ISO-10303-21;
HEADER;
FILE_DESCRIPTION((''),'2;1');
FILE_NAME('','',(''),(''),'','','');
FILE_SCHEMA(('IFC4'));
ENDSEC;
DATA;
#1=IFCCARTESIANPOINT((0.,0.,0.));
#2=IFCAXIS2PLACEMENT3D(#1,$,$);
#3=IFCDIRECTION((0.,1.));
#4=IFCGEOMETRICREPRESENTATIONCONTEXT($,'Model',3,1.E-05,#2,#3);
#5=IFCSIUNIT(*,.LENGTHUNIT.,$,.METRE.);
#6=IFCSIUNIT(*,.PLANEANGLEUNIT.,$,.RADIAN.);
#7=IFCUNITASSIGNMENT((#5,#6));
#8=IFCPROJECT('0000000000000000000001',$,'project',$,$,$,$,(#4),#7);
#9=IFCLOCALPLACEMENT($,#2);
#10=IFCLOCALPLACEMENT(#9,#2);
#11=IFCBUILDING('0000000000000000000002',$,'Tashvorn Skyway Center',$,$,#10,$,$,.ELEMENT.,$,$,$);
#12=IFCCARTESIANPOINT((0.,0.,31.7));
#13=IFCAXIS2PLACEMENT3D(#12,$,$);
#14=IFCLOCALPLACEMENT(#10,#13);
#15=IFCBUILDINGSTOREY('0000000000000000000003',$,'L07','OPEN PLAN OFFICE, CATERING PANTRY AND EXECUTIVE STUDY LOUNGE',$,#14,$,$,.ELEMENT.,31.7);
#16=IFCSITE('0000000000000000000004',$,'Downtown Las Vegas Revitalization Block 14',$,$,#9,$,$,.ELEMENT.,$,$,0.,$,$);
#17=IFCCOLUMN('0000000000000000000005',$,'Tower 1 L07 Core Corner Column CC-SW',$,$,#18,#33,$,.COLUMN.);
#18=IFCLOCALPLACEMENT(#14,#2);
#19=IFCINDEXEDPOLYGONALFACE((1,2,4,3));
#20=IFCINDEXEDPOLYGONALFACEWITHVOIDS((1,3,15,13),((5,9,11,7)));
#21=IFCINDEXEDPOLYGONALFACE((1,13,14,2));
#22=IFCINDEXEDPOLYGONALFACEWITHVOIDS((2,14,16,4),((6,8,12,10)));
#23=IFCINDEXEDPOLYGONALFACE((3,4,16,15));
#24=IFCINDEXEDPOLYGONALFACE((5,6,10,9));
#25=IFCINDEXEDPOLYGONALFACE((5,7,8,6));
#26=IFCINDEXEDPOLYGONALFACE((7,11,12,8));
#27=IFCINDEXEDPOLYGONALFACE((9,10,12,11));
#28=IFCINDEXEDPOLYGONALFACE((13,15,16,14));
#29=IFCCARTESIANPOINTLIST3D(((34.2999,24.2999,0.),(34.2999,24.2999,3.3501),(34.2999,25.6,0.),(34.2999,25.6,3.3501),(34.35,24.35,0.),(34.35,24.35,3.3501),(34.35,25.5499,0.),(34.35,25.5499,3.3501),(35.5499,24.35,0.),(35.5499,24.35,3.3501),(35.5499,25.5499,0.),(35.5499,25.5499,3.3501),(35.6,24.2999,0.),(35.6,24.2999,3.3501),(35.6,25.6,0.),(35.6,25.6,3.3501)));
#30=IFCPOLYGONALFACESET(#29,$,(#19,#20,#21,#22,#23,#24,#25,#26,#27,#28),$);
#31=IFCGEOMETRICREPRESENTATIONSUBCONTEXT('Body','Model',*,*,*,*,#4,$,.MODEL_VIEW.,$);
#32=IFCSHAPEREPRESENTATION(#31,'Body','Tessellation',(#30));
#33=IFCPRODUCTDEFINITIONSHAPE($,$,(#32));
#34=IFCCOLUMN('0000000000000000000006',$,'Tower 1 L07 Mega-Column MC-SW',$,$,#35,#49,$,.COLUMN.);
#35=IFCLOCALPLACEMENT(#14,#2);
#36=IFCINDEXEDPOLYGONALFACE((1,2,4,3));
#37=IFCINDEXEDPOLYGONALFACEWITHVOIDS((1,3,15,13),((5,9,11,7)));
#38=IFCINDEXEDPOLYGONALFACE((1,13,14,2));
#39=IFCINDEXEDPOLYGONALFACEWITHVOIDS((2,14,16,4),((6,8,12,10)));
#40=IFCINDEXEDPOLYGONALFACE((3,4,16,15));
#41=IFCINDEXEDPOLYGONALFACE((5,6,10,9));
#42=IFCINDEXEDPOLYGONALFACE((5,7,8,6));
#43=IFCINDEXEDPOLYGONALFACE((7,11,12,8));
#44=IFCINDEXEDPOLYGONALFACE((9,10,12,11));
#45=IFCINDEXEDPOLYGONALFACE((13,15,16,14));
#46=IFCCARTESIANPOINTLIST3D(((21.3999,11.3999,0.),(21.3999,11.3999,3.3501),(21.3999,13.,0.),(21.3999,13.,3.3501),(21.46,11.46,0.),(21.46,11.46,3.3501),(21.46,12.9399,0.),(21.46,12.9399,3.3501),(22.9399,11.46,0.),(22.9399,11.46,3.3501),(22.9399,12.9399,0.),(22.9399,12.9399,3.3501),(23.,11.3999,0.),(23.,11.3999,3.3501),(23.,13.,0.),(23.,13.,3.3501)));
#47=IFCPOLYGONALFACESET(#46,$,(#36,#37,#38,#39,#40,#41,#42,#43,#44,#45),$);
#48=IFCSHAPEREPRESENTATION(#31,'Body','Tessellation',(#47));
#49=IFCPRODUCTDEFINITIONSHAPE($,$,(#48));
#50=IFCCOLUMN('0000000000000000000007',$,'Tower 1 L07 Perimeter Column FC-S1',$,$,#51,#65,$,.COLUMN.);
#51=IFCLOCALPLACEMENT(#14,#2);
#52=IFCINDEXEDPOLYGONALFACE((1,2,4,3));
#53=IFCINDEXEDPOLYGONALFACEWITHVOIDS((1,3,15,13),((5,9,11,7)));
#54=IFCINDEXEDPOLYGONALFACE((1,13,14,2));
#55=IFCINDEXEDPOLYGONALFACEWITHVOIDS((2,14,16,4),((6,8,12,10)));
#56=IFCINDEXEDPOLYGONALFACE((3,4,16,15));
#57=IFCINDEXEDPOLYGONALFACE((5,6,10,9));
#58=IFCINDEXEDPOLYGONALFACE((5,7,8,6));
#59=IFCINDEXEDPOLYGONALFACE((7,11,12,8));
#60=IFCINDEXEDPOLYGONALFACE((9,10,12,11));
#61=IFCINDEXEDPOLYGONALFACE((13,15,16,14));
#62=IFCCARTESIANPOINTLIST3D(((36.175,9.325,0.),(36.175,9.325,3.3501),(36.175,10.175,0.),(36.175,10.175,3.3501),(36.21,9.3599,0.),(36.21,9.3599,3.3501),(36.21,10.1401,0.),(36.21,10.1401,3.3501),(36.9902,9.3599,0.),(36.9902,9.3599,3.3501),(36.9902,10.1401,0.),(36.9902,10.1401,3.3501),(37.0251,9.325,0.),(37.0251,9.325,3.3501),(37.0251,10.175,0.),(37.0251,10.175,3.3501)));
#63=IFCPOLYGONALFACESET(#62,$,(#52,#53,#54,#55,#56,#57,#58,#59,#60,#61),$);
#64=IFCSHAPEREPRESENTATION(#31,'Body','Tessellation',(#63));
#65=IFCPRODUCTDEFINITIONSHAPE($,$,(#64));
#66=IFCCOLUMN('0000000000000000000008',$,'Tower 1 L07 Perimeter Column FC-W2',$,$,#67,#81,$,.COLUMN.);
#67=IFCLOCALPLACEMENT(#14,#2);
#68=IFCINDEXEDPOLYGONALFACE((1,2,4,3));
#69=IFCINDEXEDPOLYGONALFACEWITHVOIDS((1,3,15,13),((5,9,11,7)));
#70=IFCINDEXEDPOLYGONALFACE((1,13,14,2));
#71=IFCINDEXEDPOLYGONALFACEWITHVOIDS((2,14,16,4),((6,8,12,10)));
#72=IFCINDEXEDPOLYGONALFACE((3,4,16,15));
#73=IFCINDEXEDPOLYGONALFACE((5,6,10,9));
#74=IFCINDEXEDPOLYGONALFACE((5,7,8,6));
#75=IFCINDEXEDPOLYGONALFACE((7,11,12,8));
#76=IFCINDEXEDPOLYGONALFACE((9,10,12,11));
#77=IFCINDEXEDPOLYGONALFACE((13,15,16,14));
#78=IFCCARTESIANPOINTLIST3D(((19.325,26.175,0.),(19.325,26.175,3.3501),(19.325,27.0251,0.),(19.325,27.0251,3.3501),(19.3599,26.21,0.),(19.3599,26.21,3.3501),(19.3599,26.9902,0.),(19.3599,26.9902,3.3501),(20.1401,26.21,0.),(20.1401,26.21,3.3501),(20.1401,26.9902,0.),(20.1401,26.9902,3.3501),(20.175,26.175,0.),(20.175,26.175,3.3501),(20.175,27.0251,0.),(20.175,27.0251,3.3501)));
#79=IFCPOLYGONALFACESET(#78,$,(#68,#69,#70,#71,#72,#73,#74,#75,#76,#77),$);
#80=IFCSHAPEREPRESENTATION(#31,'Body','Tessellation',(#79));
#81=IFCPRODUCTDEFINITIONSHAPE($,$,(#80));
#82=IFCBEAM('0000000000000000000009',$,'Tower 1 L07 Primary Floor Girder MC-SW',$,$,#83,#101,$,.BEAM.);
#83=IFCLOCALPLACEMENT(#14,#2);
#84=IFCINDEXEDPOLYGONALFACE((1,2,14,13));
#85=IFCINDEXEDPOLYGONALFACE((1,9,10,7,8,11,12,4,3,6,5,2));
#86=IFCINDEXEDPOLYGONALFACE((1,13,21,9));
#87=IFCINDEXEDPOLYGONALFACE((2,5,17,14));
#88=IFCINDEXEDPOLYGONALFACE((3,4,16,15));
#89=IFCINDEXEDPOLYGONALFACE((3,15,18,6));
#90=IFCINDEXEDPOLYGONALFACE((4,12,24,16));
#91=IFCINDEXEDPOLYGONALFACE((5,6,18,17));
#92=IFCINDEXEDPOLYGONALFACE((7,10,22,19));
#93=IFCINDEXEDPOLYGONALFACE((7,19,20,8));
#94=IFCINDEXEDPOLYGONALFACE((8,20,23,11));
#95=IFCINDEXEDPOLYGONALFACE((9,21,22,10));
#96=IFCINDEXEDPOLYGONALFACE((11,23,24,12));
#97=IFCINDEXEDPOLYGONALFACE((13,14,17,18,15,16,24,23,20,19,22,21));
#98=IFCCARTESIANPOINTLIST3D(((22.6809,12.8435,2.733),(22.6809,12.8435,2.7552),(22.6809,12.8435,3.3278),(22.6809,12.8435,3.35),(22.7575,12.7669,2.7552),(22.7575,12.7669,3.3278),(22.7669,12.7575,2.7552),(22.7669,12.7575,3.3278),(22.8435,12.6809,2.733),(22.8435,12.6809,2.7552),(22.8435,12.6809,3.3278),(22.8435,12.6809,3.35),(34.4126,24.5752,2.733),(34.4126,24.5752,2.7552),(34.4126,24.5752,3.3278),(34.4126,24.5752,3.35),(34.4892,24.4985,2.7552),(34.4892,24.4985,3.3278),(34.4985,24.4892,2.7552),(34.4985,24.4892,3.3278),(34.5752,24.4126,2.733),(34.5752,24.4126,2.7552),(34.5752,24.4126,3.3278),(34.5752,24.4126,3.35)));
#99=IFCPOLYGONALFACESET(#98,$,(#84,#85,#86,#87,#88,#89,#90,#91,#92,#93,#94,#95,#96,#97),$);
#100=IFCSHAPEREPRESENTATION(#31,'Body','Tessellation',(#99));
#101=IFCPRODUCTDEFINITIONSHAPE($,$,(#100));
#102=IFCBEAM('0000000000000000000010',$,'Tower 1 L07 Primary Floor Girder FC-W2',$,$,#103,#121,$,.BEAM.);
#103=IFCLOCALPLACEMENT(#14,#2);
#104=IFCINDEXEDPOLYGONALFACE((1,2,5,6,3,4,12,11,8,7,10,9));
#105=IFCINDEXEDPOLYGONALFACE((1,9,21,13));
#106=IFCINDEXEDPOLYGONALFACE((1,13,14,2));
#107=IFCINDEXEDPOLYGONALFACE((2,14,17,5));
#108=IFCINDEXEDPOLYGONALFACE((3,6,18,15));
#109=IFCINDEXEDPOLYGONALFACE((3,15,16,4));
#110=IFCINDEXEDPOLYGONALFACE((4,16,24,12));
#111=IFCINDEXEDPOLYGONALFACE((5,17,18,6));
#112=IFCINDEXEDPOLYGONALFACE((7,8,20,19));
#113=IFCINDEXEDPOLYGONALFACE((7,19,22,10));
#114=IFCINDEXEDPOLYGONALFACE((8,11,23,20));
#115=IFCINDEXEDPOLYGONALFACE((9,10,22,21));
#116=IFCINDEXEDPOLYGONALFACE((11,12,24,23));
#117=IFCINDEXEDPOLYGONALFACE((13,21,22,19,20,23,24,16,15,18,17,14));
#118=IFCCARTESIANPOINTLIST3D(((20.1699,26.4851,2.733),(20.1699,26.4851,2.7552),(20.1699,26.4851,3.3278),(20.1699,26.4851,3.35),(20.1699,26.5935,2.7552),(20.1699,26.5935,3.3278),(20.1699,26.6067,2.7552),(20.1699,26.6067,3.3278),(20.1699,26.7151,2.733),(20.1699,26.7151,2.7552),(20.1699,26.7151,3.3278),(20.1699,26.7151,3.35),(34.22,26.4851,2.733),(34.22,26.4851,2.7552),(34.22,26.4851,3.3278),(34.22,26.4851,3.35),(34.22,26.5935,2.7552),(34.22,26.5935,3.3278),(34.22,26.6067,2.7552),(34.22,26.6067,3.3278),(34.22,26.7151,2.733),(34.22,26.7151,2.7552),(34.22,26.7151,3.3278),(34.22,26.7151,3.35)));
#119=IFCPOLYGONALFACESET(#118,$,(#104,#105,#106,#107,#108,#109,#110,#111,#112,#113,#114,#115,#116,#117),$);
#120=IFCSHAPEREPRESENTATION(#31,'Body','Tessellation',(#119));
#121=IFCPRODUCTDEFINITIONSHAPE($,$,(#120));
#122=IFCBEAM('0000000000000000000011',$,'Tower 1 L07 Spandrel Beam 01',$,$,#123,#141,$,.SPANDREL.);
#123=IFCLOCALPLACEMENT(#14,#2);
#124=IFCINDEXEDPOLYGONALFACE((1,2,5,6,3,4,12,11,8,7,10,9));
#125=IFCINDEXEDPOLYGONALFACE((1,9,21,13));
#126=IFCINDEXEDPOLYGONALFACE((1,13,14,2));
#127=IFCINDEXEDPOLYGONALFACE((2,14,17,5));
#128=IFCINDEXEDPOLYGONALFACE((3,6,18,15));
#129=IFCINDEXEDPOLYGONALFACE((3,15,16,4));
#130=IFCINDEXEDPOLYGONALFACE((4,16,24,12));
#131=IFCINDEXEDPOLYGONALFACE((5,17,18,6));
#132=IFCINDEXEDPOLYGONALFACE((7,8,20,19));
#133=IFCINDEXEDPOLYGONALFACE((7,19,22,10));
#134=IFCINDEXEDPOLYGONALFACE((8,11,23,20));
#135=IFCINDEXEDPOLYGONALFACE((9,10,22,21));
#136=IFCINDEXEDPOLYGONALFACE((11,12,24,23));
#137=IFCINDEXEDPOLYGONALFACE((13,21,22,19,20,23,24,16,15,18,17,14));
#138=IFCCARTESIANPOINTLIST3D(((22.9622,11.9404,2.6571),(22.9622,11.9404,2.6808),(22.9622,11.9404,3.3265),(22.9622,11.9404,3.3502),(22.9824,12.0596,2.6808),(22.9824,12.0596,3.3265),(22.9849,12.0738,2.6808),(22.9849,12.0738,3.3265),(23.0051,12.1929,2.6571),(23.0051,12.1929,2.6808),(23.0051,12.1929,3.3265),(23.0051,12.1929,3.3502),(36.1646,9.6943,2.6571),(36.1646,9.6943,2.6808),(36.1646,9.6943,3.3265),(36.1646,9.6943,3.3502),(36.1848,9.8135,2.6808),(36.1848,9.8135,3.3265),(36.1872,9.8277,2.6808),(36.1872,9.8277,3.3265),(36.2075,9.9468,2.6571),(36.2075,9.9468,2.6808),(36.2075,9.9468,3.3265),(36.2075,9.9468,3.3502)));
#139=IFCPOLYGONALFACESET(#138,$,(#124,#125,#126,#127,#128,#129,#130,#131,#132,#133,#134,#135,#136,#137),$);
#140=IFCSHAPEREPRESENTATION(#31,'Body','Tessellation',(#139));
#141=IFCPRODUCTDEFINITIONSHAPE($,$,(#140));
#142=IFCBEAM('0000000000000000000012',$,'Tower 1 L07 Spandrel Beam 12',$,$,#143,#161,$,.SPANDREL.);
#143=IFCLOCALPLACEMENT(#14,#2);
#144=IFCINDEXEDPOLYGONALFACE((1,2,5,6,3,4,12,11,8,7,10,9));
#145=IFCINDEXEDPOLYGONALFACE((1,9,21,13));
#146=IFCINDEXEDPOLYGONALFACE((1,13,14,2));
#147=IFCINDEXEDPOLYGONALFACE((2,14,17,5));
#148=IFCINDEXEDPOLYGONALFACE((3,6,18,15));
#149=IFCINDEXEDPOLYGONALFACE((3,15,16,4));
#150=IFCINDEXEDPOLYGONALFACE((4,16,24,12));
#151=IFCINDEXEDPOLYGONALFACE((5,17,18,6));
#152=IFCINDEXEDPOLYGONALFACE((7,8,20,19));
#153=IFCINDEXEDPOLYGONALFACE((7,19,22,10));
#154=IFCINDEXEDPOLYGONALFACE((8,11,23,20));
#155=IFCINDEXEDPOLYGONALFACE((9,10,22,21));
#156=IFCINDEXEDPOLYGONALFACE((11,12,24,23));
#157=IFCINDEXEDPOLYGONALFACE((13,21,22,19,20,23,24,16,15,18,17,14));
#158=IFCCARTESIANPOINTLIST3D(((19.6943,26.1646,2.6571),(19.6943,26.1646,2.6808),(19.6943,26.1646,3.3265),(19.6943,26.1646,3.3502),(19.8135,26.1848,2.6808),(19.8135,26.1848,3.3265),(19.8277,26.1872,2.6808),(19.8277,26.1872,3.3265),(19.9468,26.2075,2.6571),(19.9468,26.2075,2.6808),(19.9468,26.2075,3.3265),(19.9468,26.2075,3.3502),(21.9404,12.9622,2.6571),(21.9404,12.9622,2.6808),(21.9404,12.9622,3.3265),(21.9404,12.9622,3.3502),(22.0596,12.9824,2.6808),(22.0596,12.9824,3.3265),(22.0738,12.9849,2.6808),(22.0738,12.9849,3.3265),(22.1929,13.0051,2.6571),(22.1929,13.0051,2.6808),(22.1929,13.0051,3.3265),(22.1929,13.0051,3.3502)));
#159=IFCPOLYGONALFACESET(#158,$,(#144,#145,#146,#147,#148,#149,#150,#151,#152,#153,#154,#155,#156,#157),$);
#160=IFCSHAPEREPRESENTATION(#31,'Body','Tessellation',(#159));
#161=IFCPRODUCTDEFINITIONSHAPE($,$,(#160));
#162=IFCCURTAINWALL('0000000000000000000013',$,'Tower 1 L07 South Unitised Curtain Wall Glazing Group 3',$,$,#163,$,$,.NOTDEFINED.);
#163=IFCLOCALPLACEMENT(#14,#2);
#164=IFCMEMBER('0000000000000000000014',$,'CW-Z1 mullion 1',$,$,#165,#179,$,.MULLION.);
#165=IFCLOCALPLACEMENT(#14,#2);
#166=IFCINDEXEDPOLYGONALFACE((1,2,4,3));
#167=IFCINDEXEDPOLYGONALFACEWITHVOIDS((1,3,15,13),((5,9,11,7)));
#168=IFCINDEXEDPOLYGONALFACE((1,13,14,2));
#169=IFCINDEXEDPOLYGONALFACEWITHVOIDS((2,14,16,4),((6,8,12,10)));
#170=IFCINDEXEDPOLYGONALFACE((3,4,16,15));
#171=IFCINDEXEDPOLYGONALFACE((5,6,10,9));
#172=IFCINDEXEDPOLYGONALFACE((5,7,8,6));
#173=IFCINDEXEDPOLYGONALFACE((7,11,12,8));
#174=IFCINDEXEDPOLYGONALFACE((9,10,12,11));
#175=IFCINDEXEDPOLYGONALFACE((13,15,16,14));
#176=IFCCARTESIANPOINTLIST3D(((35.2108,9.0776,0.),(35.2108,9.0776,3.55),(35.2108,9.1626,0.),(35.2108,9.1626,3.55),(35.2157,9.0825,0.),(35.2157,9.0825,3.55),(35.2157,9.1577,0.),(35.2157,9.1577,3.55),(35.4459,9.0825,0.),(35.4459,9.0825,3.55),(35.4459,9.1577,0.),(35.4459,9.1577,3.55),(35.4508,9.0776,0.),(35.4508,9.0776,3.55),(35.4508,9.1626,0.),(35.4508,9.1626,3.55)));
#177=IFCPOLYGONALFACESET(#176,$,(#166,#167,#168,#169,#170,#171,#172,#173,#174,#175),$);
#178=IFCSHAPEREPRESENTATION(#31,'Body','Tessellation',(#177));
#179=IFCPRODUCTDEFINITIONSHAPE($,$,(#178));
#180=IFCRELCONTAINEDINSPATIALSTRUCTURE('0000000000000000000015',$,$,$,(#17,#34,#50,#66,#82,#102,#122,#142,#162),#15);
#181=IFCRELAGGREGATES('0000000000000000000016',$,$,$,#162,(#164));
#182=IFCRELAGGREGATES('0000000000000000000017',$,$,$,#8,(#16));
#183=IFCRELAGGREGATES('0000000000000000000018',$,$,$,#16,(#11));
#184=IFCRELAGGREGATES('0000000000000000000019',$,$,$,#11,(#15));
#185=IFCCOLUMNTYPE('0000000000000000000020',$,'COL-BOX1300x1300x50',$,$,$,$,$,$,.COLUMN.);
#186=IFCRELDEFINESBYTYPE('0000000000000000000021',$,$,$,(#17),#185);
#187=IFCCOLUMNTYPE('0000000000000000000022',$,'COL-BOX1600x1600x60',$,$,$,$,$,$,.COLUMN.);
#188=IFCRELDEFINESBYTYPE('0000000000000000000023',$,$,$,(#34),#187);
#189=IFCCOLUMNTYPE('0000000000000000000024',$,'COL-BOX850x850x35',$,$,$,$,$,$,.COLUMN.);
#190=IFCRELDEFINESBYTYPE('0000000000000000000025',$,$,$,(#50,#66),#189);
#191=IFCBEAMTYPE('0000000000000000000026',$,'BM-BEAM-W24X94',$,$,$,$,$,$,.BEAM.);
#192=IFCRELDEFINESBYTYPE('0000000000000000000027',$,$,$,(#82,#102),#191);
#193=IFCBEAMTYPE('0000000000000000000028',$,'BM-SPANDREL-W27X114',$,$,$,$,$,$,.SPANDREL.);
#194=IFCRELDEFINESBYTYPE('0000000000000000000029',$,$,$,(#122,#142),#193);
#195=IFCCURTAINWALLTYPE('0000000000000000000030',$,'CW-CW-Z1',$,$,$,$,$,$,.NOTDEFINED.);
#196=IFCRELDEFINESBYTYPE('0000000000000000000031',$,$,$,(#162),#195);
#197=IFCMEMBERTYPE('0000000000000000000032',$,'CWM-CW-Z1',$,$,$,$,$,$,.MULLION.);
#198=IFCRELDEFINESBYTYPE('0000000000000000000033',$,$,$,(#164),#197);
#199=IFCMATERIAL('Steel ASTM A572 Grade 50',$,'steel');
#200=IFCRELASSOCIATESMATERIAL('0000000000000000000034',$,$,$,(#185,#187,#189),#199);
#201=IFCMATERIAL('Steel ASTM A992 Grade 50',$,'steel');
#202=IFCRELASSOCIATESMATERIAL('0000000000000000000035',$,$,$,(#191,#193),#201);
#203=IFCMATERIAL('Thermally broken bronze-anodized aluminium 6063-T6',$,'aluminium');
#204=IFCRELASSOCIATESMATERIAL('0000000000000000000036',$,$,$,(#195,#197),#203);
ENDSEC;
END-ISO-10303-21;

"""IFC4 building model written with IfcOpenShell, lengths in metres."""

from ifc_helpers import new_model, si_unit, direction, frame, origin, origin_2d, place, context, subcontext, project, spatial, hollow_rectangle, i_section, extrude, material, material_profile, profile_set, type_object, element, aggregate, save


model = new_model("IFC4")

# Units and contexts
model_context = context("Model", 3, precision=1e-05, world=origin(), true_north=direction((0.0, 1.0)))
body_context = subcontext(model_context, "Body", "Model", "MODEL_VIEW")
ifc_project = project(units=[si_unit("LENGTHUNIT", "METRE"), si_unit("PLANEANGLEUNIT", "RADIAN")], contexts=[model_context])

# Site, building, storey
site_placement = place(None, origin())
site = spatial("IfcSite", under=ifc_project, at=site_placement, Name="Downtown Las Vegas Revitalization Block 14", CompositionType="ELEMENT", RefElevation=0.0)
building_placement = place(site_placement, origin())
building = spatial("IfcBuilding", under=site, at=building_placement, Name="Tashvorn Skyway Center", CompositionType="ELEMENT")
storey_placement = place(building_placement, frame((0.0, 0.0, 31.7)))
storey = spatial("IfcBuildingStorey", under=building, at=storey_placement, Name="L07", Description="OPEN PLAN OFFICE, CATERING PANTRY AND EXECUTIVE STUDY LOUNGE", CompositionType="ELEMENT", Elevation=31.7)

# Columns
ifc_material_1 = material(Name="Steel ASTM A572 Grade 50", Category="steel")
ifc_material_profile_1 = material_profile(ifc_material_1, hollow_rectangle(XDim=1.3, YDim=1.3, WallThickness=0.05, at=origin_2d()), Name="BOX1300x1300x50")
ifc_profile_set_1 = profile_set([ifc_material_profile_1], Name="Steel ASTM A572 Grade 50")
column_type_1 = type_object("IfcColumnType", Name="COL-BOX1300x1300x50", PredefinedType="COLUMN", material=ifc_profile_set_1)
column_1_placement = place(storey_placement, frame((34.95, 24.95, 0.0), z_axis=(0.0, 0.0, 1.0), x_axis=(1.0, 0.0, 0.0)))
element("IfcColumn", 1, at=column_1_placement, inside=storey, type_object=column_type_1, Name="Tower 1 L07 Core Corner Column CC-SW", PredefinedType="COLUMN", context=body_context, shape_type="SweptSolid", body=[
    extrude(hollow_rectangle(XDim=1.3, YDim=1.3, WallThickness=0.05, at=origin_2d()), origin(), (0.0, 0.0, 1.0), 3.3501),
])
ifc_material_profile_2 = material_profile(ifc_material_1, hollow_rectangle(XDim=1.6001, YDim=1.6001, WallThickness=0.0601, at=origin_2d()), Name="BOX1600x1600x60")
ifc_profile_set_2 = profile_set([ifc_material_profile_2], Name="Steel ASTM A572 Grade 50")
column_type_2 = type_object("IfcColumnType", Name="COL-BOX1600x1600x60", PredefinedType="COLUMN", material=ifc_profile_set_2)
column_2_placement = place(storey_placement, frame((22.2, 12.2, 0.0), z_axis=(0.0, 0.0, 1.0), x_axis=(1.0, 0.0, 0.0)))
element("IfcColumn", 2, at=column_2_placement, inside=storey, type_object=column_type_2, Name="Tower 1 L07 Mega-Column MC-SW", PredefinedType="COLUMN", context=body_context, shape_type="SweptSolid", body=[
    extrude(hollow_rectangle(XDim=1.6001, YDim=1.6001, WallThickness=0.0601, at=origin_2d()), origin(), (0.0, 0.0, 1.0), 3.3501),
])
ifc_material_profile_3 = material_profile(ifc_material_1, hollow_rectangle(XDim=0.8501, YDim=0.8501, WallThickness=0.0349, at=origin_2d()), Name="BOX850x850x35")
ifc_profile_set_3 = profile_set([ifc_material_profile_3], Name="Steel ASTM A572 Grade 50")
column_type_3 = type_object("IfcColumnType", Name="COL-BOX850x850x35", PredefinedType="COLUMN", material=ifc_profile_set_3)
for number, where, z_axis, x_axis, name in (
    (3, (36.6001, 9.75, 0.0), (0.0, 0.0, 1.0), (1.0, 0.0, 0.0), "Tower 1 L07 Perimeter Column FC-S1"),
    (4, (19.75, 26.6001, 0.0), (0.0, 0.0, 1.0), (1.0, 0.0, 0.0), "Tower 1 L07 Perimeter Column FC-W2"),
):
    element("IfcColumn", number, at=place(storey_placement, frame(where, z_axis=z_axis, x_axis=x_axis)), inside=storey, type_object=column_type_3, Name=name, PredefinedType="COLUMN", context=body_context, shape_type="SweptSolid", body=[
        extrude(hollow_rectangle(XDim=0.8501, YDim=0.8501, WallThickness=0.0349, at=origin_2d()), origin(), (0.0, 0.0, 1.0), 3.3501),
    ])

# Beams
ifc_material_2 = material(Name="Steel ASTM A992 Grade 50", Category="steel")
ifc_material_profile_4 = material_profile(ifc_material_2, i_section(OverallWidth=0.23, OverallDepth=0.6169, WebThickness=0.0132, FlangeThickness=0.0222, at=origin_2d()), Name="W24X94")
ifc_profile_set_4 = profile_set([ifc_material_profile_4], Name="Steel ASTM A992 Grade 50")
beam_type_1 = type_object("IfcBeamType", Name="BM-BEAM-W24X94", PredefinedType="BEAM", material=ifc_profile_set_4)
beam_1_placement = place(storey_placement, frame((22.7622, 12.7622, 3.0415), z_axis=(0.707107, 0.707107, 0.0), x_axis=(-0.707107, 0.707107, 0.0)))
element("IfcBeam", 5, at=beam_1_placement, inside=storey, type_object=beam_type_1, Name="Tower 1 L07 Primary Floor Girder MC-SW", PredefinedType="BEAM", context=body_context, shape_type="SweptSolid", body=[
    extrude(i_section(OverallWidth=0.23, OverallDepth=0.6169, WebThickness=0.0132, FlangeThickness=0.0222, at=origin_2d()), origin(), (0.0, 0.0, 1.0), 16.5911),
])
beam_2_placement = place(storey_placement, frame((20.1699, 26.6001, 3.0415), z_axis=(1.0, 0.0, 0.0), x_axis=(0.0, 1.0, 0.0)))
element("IfcBeam", 6, at=beam_2_placement, inside=storey, type_object=beam_type_1, Name="Tower 1 L07 Primary Floor Girder FC-W2", PredefinedType="BEAM", context=body_context, shape_type="SweptSolid", body=[
    extrude(i_section(OverallWidth=0.23, OverallDepth=0.6169, WebThickness=0.0132, FlangeThickness=0.0222, at=origin_2d()), origin(), (0.0, 0.0, 1.0), 14.05),
])
ifc_material_profile_5 = material_profile(ifc_material_2, i_section(OverallWidth=0.2561, OverallDepth=0.6931, WebThickness=0.0144, FlangeThickness=0.0237, at=origin_2d()), Name="W27X114")
ifc_profile_set_5 = profile_set([ifc_material_profile_5], Name="Steel ASTM A992 Grade 50")
beam_type_2 = type_object("IfcBeamType", Name="BM-SPANDREL-W27X114", PredefinedType="SPANDREL", material=ifc_profile_set_5)
for number, where, z_axis, x_axis, name in (
    (7, (22.9836, 12.0667, 3.0037), (0.985835, -0.167718, 0.0), (0.167718, 0.985835, 0.0), "Tower 1 L07 Spandrel Beam 01"),
    (8, (19.8206, 26.186, 3.0037), (0.167718, -0.985835, 0.0), (0.985835, 0.167718, 0.0), "Tower 1 L07 Spandrel Beam 12"),
):
    element("IfcBeam", number, at=place(storey_placement, frame(where, z_axis=z_axis, x_axis=x_axis)), inside=storey, type_object=beam_type_2, Name=name, PredefinedType="SPANDREL", context=body_context, shape_type="SweptSolid", body=[
        extrude(i_section(OverallWidth=0.2561, OverallDepth=0.6931, WebThickness=0.0144, FlangeThickness=0.0237, at=origin_2d()), origin(), (0.0, 0.0, 1.0), 13.3921),
    ])

# Curtain wall, member
ifc_material_3 = material(Name="Thermally broken bronze-anodized aluminium 6063-T6", Category="aluminium")
curtain_wall_type = type_object("IfcCurtainWallType", Name="CW-CW-Z1", PredefinedType="NOTDEFINED", material=ifc_material_3)
curtain_wall_1_placement = place(storey_placement, origin())
curtain_wall_1 = element("IfcCurtainWall", 9, at=curtain_wall_1_placement, inside=storey, type_object=curtain_wall_type, Name="Tower 1 L07 South Unitised Curtain Wall Glazing Group 3", PredefinedType="NOTDEFINED")
ifc_material_profile_6 = material_profile(ifc_material_3, hollow_rectangle(XDim=0.085, YDim=0.24, WallThickness=0.0049, at=origin_2d()), Name="ALU-MULL-85x240")
ifc_profile_set_6 = profile_set([ifc_material_profile_6], Name="Thermally broken bronze-anodized aluminium 6063-T6")
member_type_1 = type_object("IfcMemberType", Name="CWM-CW-Z1", PredefinedType="MULLION", material=ifc_profile_set_6)
member_1_placement = place(storey_placement, frame((35.3308, 9.1201, 0.0), z_axis=(0.0, 0.0, 1.0), x_axis=(0.0, -1.0, 0.0)))
member_1 = element("IfcMember", 10, at=member_1_placement, type_object=member_type_1, Name="CW-Z1 mullion 1", PredefinedType="MULLION", context=body_context, shape_type="SweptSolid", body=[
    extrude(hollow_rectangle(XDim=0.085, YDim=0.24, WallThickness=0.0049, at=origin_2d()), origin(), (0.0, 0.0, 1.0), 3.55),
])

aggregate(curtain_wall_1, [member_1])

save(model, "model.ifc")
